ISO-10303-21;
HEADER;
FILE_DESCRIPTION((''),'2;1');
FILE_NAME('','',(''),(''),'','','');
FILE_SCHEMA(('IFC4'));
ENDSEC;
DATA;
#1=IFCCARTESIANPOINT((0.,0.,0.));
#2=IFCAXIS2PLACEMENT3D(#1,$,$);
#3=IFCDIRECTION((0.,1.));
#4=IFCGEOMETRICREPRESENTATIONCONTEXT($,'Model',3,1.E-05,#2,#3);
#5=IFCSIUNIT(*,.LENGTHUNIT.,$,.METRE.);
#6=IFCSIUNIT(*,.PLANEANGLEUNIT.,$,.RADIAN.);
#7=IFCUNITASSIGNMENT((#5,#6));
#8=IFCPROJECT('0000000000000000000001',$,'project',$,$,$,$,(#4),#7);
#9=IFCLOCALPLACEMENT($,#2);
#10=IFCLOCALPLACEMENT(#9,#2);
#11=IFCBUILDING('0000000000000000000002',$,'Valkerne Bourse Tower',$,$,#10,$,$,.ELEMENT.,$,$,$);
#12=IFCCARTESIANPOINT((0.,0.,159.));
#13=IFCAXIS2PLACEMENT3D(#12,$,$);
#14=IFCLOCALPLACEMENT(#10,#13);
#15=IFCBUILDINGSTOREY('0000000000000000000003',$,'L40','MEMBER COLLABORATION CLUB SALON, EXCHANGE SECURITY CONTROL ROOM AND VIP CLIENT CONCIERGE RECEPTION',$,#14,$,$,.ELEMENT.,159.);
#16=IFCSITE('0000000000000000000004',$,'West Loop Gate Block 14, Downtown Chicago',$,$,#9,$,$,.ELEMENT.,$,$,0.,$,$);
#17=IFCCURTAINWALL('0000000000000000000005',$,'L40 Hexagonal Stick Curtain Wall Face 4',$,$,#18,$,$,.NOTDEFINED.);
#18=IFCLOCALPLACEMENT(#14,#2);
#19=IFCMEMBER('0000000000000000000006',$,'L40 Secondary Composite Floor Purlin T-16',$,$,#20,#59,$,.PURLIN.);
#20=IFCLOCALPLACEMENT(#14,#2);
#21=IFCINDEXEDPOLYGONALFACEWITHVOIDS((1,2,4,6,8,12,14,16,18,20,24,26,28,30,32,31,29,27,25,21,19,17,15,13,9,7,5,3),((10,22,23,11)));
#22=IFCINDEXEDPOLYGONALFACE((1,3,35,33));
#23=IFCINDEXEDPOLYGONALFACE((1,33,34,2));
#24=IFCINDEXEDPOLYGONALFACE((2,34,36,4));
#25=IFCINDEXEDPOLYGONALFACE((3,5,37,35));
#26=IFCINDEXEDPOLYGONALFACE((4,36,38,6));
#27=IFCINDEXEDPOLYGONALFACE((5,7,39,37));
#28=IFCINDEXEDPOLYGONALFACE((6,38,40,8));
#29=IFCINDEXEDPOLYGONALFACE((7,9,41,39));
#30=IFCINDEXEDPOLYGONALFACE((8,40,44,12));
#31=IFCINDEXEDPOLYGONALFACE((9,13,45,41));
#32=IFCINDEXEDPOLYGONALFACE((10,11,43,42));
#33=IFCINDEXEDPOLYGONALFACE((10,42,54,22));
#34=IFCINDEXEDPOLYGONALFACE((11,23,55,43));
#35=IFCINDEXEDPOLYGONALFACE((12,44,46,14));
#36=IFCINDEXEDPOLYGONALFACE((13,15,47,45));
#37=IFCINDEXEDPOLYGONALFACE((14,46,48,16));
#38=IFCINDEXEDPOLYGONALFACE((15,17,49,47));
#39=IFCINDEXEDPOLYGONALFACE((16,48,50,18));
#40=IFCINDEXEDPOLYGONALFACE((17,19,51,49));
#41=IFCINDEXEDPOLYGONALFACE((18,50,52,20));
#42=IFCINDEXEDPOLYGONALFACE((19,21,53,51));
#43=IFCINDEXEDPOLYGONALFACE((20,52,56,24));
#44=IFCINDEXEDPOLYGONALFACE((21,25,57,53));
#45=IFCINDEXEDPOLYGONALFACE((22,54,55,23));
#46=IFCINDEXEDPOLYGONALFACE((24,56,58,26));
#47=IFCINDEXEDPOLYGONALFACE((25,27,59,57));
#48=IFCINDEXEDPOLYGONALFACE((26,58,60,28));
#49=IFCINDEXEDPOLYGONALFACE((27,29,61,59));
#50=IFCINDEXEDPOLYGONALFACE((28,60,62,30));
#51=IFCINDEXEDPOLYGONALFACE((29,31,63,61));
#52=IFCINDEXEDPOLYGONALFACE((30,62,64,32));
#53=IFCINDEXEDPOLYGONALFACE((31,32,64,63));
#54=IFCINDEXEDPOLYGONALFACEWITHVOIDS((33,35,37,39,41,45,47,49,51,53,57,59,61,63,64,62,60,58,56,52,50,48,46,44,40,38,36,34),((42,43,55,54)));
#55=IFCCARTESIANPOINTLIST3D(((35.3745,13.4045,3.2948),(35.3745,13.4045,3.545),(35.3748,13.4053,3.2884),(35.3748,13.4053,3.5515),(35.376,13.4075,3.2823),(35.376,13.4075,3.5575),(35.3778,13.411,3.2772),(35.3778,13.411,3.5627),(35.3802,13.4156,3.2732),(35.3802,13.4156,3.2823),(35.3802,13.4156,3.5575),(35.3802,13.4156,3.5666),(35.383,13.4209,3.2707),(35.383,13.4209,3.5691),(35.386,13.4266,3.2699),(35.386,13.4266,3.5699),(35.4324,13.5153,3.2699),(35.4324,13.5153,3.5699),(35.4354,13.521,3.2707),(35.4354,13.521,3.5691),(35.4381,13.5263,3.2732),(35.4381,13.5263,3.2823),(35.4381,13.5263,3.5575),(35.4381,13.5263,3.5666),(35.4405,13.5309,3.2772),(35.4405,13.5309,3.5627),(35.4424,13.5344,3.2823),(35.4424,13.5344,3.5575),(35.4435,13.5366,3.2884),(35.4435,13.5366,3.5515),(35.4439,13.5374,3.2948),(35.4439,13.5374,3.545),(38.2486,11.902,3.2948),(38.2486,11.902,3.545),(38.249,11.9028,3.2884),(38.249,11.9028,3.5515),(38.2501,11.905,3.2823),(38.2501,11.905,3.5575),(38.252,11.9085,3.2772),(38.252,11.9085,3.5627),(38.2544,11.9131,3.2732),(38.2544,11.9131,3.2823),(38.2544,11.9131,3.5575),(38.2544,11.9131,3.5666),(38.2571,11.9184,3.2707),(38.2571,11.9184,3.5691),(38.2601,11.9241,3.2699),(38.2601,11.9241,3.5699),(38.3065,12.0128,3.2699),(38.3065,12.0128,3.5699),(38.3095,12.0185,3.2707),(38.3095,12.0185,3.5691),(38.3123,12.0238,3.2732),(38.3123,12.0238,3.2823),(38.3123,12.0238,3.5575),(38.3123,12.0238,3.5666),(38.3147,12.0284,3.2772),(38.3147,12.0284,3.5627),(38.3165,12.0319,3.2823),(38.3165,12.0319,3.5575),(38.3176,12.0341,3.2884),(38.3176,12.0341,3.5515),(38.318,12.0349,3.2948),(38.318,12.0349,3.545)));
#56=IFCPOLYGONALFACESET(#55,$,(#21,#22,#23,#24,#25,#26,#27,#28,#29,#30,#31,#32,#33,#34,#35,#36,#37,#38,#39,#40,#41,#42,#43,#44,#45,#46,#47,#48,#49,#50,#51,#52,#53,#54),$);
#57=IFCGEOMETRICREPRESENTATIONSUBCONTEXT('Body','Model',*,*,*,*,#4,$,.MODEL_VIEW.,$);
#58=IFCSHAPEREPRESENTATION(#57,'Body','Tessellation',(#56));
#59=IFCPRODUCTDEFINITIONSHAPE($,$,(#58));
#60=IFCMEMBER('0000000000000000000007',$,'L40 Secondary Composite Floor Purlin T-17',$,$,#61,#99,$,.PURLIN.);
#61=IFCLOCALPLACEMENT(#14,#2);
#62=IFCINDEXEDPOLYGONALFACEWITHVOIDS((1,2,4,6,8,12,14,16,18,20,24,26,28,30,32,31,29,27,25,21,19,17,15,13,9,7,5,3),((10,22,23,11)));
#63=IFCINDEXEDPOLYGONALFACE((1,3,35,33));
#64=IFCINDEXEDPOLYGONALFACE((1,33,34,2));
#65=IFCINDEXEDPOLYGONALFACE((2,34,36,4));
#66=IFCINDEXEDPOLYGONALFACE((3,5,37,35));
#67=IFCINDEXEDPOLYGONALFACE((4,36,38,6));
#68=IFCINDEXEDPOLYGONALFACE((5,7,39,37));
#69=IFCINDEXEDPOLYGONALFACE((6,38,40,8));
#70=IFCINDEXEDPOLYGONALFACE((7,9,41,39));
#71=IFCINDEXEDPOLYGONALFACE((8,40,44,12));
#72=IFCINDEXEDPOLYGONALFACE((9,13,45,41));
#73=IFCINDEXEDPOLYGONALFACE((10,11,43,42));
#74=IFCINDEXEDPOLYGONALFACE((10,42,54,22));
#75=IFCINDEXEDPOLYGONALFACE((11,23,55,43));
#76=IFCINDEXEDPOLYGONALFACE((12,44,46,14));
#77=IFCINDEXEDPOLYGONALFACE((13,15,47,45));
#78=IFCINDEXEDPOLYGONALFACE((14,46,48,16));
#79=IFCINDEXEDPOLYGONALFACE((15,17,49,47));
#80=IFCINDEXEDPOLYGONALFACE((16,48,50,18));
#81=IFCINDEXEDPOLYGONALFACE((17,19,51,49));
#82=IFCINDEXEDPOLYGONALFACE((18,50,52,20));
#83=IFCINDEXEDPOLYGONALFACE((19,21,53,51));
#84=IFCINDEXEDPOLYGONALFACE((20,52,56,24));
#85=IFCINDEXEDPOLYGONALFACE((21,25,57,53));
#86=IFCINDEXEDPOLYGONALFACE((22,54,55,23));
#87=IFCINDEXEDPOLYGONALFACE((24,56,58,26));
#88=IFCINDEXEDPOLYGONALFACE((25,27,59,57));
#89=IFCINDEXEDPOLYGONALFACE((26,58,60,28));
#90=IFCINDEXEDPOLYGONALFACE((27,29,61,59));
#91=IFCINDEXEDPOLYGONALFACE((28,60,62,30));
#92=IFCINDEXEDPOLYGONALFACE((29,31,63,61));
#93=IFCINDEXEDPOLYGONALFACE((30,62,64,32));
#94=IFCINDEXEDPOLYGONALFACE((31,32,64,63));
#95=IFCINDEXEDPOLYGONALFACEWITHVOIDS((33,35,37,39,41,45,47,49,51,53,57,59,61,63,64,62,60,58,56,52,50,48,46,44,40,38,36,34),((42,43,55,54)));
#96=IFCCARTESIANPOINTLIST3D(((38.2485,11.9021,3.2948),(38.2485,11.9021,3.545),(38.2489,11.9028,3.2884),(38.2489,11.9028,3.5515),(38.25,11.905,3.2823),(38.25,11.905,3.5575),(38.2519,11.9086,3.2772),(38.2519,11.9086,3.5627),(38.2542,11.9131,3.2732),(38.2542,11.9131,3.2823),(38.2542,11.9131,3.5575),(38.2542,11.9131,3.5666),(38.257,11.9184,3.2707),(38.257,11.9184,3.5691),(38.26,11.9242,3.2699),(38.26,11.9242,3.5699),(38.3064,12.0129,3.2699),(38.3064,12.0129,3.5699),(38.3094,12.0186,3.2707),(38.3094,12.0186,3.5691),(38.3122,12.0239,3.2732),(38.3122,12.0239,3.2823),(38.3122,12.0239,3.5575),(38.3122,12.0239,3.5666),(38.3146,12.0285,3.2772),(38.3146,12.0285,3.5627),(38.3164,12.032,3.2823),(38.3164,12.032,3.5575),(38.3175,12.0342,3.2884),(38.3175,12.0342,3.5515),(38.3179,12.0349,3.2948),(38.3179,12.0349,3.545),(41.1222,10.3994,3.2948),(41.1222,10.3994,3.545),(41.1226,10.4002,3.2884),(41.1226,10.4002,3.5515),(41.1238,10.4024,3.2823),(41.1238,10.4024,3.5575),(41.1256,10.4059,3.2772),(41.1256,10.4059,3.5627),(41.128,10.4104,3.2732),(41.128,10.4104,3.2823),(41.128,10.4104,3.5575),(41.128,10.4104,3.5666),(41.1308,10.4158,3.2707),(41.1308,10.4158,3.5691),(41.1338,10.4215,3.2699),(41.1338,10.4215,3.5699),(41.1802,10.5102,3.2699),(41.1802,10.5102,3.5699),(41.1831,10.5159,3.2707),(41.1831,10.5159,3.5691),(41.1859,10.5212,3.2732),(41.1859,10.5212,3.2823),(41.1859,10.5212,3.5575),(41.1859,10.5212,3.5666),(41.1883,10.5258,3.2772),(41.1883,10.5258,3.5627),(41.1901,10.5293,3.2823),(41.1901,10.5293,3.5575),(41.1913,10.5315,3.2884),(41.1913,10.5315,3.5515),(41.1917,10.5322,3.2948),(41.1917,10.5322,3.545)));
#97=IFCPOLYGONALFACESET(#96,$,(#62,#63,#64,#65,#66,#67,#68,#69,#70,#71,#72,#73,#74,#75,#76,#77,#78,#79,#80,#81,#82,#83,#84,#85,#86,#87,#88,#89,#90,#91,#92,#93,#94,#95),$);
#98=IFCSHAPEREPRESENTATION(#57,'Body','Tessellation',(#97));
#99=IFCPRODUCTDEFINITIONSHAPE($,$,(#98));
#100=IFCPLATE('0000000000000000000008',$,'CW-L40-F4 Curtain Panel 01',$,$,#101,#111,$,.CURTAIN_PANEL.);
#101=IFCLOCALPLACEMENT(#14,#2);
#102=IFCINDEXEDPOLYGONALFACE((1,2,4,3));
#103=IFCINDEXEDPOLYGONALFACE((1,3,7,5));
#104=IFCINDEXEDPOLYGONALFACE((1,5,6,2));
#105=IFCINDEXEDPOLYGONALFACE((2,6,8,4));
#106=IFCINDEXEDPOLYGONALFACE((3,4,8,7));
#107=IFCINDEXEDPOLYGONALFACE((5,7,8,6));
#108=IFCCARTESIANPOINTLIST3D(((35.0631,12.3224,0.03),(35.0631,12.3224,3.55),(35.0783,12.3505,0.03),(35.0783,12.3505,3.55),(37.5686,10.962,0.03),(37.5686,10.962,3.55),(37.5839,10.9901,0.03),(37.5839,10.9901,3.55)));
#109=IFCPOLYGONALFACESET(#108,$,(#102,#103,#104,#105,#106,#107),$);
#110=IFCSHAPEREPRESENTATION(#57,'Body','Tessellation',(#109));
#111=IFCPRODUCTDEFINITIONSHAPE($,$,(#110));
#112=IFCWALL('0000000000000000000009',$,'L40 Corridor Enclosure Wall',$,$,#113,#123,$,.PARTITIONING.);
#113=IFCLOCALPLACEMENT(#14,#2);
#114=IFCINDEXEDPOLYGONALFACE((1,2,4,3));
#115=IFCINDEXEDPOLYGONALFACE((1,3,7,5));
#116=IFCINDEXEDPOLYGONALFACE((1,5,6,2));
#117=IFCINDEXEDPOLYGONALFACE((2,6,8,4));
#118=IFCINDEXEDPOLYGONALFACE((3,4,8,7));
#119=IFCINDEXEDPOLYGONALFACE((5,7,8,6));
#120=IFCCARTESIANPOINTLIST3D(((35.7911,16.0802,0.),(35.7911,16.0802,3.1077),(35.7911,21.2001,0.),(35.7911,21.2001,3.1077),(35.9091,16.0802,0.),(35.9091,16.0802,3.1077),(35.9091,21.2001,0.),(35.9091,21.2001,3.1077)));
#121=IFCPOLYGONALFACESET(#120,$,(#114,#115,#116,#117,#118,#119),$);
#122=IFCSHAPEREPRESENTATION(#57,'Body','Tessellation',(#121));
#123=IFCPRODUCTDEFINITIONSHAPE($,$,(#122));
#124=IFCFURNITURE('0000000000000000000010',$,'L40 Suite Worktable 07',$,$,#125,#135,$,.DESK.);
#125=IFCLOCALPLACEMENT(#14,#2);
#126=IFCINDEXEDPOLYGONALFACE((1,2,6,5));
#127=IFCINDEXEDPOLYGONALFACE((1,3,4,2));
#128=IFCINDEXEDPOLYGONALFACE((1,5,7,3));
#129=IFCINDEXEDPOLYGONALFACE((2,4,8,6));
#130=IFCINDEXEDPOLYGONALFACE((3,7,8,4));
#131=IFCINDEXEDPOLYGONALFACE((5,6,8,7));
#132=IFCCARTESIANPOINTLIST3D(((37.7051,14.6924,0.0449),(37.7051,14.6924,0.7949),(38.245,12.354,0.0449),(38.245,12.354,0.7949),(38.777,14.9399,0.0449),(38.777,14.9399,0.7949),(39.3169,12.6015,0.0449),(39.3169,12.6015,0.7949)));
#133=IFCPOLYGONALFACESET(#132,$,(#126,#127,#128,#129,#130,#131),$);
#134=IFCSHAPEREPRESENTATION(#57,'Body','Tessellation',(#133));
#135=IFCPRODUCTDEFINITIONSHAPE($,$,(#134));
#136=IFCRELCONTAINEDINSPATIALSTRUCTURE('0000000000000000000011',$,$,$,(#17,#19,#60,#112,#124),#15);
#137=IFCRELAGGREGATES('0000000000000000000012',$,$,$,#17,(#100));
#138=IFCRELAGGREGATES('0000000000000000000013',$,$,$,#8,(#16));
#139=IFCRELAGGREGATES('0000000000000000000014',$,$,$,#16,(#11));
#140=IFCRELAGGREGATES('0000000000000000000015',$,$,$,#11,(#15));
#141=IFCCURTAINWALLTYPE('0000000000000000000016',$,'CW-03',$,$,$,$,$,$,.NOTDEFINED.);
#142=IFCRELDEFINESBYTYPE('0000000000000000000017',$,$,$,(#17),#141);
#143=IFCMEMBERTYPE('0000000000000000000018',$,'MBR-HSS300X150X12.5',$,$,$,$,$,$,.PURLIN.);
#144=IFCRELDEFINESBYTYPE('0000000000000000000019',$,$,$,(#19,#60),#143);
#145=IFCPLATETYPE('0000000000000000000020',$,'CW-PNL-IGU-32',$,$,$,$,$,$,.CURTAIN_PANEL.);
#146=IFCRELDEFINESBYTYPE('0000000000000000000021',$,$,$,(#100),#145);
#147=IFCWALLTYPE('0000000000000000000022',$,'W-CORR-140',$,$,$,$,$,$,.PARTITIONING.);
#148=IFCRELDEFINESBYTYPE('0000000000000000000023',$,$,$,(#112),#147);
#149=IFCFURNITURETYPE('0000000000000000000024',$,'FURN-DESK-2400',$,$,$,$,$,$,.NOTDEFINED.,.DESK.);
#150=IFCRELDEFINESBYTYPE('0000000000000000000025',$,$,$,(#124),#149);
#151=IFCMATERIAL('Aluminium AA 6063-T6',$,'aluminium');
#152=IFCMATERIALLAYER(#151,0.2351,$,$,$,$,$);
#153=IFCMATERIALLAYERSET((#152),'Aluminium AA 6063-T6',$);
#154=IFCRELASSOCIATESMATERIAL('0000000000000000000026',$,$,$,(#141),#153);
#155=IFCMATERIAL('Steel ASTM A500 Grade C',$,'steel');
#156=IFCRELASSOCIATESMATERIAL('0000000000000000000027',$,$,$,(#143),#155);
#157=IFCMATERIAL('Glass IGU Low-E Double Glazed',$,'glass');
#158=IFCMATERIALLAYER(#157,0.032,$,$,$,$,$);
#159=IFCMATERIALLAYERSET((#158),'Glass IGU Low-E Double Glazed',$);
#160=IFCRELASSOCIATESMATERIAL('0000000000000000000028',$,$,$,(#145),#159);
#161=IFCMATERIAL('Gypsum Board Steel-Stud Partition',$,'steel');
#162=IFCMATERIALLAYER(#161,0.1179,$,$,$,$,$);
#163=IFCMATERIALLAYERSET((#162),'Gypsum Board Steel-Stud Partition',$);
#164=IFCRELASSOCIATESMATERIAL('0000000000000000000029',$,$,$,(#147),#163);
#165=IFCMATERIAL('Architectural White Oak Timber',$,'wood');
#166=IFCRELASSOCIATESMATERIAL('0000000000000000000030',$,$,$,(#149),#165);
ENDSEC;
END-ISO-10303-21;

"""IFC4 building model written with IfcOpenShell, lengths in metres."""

from ifc_helpers import new_model, si_unit, direction, frame, frame_2d, origin, origin_2d, place, context, subcontext, project, spatial, rectangle, hollow_rectangle, extrude, material, layer, layer_set, material_profile, profile_set, type_object, element, aggregate, save


model = new_model("IFC4")

# Units and contexts
model_context = context("Model", 3, precision=1e-05, world=origin(), true_north=direction((0.0, 1.0)))
body_context = subcontext(model_context, "Body", "Model", "MODEL_VIEW")
ifc_project = project(units=[si_unit("LENGTHUNIT", "METRE"), si_unit("PLANEANGLEUNIT", "RADIAN")], contexts=[model_context])

# Site, building, storey
site_placement = place(None, origin())
site = spatial("IfcSite", under=ifc_project, at=site_placement, Name="West Loop Gate Block 14, Downtown Chicago", CompositionType="ELEMENT", RefElevation=0.0)
building_placement = place(site_placement, origin())
building = spatial("IfcBuilding", under=site, at=building_placement, Name="Valkerne Bourse Tower", CompositionType="ELEMENT")
storey_placement = place(building_placement, frame((0.0, 0.0, 159.0)))
storey = spatial("IfcBuildingStorey", under=building, at=storey_placement, Name="L40", Description="MEMBER COLLABORATION CLUB SALON, EXCHANGE SECURITY CONTROL ROOM AND VIP CLIENT CONCIERGE RECEPTION", CompositionType="ELEMENT", Elevation=159.0)

# Curtain wall
ifc_material_1 = material(Name="Aluminium AA 6063-T6", Category="aluminium")
ifc_layer_1 = layer(ifc_material_1, 0.2351)
ifc_layer_set_1 = layer_set([ifc_layer_1], Name="Aluminium AA 6063-T6")
curtain_wall_type = type_object("IfcCurtainWallType", Name="CW-03", PredefinedType="NOTDEFINED", material=ifc_layer_set_1)
curtain_wall_placement = place(storey_placement, origin())
curtain_wall = element("IfcCurtainWall", 1, at=curtain_wall_placement, inside=storey, type_object=curtain_wall_type, Name="L40 Hexagonal Stick Curtain Wall Face 4", PredefinedType="NOTDEFINED")

# Members
ifc_material_2 = material(Name="Steel ASTM A500 Grade C", Category="steel")
ifc_material_profile_1 = material_profile(ifc_material_2, hollow_rectangle(XDim=0.1499, YDim=0.3, WallThickness=0.0125, OuterFilletRadius=0.0249, at=origin_2d()), Name="HSS300X150X12.5")
ifc_profile_set_1 = profile_set([ifc_material_profile_1], Name="Steel ASTM A500 Grade C")
member_type_1 = type_object("IfcMemberType", Name="MBR-HSS300X150X12.5", PredefinedType="PURLIN", material=ifc_profile_set_1)
member_1_placement = place(storey_placement, frame((35.4092, 13.4709, 3.4199), z_axis=(0.886211, -0.463281, 0.0), x_axis=(0.463281, 0.886211, 0.0)))
element("IfcMember", 2, at=member_1_placement, inside=storey, type_object=member_type_1, Name="L40 Secondary Composite Floor Purlin T-16", PredefinedType="PURLIN", context=body_context, shape_type="SweptSolid", body=[
    extrude(hollow_rectangle(XDim=0.1499, YDim=0.3, WallThickness=0.0125, OuterFilletRadius=0.0249, at=origin_2d()), origin(), (0.0, 0.0, 1.0), 3.2432),
])
member_2_placement = place(storey_placement, frame((38.2832, 11.9685, 3.4199), z_axis=(0.886164, -0.463371, 0.0), x_axis=(0.463371, 0.886164, 0.0)))
element("IfcMember", 3, at=member_2_placement, inside=storey, type_object=member_type_1, Name="L40 Secondary Composite Floor Purlin T-17", PredefinedType="PURLIN", context=body_context, shape_type="SweptSolid", body=[
    extrude(hollow_rectangle(XDim=0.1499, YDim=0.3, WallThickness=0.0125, OuterFilletRadius=0.0249, at=origin_2d()), origin(), (0.0, 0.0, 1.0), 3.2429),
])

# Plate
ifc_material_3 = material(Name="Glass IGU Low-E Double Glazed", Category="glass")
ifc_layer_2 = layer(ifc_material_3, 0.032)
ifc_layer_set_2 = layer_set([ifc_layer_2], Name="Glass IGU Low-E Double Glazed")
plate_type = type_object("IfcPlateType", Name="CW-PNL-IGU-32", PredefinedType="CURTAIN_PANEL", material=ifc_layer_set_2)
plate_placement = place(storey_placement, frame((36.3235, 11.6562, 0.03), z_axis=(0.0, 0.0, 1.0), x_axis=(0.878812, -0.477168, 0.0)))
plate = element("IfcPlate", 4, at=plate_placement, type_object=plate_type, Name="CW-L40-F4 Curtain Panel 01", PredefinedType="CURTAIN_PANEL", context=body_context, shape_type="SweptSolid", body=[
    extrude(rectangle(XDim=2.8511, YDim=0.032, at=origin_2d()), origin(), (0.0, 0.0, 1.0), 3.52),
])
aggregate(curtain_wall, [plate])

# Wall
ifc_material_4 = material(Name="Gypsum Board Steel-Stud Partition", Category="steel")
ifc_layer_3 = layer(ifc_material_4, 0.1179)
ifc_layer_set_3 = layer_set([ifc_layer_3], Name="Gypsum Board Steel-Stud Partition")
wall_type_1 = type_object("IfcWallType", Name="W-CORR-140", PredefinedType="PARTITIONING", material=ifc_layer_set_3)
wall_1_placement = place(storey_placement, frame((35.8501, 16.0801, 0.0), z_axis=(0.0, 0.0, 1.0), x_axis=(0.0, 1.0, 0.0)))
element("IfcWall", 5, at=wall_1_placement, inside=storey, type_object=wall_type_1, Name="L40 Corridor Enclosure Wall", PredefinedType="PARTITIONING", context=body_context, shape_type="SweptSolid", body=[
    extrude(rectangle(XDim=5.1199, YDim=0.1179, at=frame_2d((2.5601, 0.0))), origin(), (0.0, 0.0, 1.0), 3.1077),
])

# Furniture
ifc_material_5 = material(Name="Architectural White Oak Timber", Category="wood")
furniture_type = type_object("IfcFurnitureType", Name="FURN-DESK-2400", AssemblyPlace="NOTDEFINED", PredefinedType="DESK", material=ifc_material_5)
furniture_placement = place(storey_placement, frame((38.511, 13.647, 0.0449), z_axis=(0.0, 0.0, 1.0), x_axis=(-0.224951, 0.97437, 0.0)))
element("IfcFurniture", 6, at=furniture_placement, inside=storey, type_object=furniture_type, Name="L40 Suite Worktable 07", PredefinedType="DESK", context=body_context, shape_type="SweptSolid", body=[
    extrude(rectangle(XDim=2.3999, YDim=1.1001, at=origin_2d()), origin(), (0.0, 0.0, 1.0), 0.75),
])

save(model, "model.ifc")
